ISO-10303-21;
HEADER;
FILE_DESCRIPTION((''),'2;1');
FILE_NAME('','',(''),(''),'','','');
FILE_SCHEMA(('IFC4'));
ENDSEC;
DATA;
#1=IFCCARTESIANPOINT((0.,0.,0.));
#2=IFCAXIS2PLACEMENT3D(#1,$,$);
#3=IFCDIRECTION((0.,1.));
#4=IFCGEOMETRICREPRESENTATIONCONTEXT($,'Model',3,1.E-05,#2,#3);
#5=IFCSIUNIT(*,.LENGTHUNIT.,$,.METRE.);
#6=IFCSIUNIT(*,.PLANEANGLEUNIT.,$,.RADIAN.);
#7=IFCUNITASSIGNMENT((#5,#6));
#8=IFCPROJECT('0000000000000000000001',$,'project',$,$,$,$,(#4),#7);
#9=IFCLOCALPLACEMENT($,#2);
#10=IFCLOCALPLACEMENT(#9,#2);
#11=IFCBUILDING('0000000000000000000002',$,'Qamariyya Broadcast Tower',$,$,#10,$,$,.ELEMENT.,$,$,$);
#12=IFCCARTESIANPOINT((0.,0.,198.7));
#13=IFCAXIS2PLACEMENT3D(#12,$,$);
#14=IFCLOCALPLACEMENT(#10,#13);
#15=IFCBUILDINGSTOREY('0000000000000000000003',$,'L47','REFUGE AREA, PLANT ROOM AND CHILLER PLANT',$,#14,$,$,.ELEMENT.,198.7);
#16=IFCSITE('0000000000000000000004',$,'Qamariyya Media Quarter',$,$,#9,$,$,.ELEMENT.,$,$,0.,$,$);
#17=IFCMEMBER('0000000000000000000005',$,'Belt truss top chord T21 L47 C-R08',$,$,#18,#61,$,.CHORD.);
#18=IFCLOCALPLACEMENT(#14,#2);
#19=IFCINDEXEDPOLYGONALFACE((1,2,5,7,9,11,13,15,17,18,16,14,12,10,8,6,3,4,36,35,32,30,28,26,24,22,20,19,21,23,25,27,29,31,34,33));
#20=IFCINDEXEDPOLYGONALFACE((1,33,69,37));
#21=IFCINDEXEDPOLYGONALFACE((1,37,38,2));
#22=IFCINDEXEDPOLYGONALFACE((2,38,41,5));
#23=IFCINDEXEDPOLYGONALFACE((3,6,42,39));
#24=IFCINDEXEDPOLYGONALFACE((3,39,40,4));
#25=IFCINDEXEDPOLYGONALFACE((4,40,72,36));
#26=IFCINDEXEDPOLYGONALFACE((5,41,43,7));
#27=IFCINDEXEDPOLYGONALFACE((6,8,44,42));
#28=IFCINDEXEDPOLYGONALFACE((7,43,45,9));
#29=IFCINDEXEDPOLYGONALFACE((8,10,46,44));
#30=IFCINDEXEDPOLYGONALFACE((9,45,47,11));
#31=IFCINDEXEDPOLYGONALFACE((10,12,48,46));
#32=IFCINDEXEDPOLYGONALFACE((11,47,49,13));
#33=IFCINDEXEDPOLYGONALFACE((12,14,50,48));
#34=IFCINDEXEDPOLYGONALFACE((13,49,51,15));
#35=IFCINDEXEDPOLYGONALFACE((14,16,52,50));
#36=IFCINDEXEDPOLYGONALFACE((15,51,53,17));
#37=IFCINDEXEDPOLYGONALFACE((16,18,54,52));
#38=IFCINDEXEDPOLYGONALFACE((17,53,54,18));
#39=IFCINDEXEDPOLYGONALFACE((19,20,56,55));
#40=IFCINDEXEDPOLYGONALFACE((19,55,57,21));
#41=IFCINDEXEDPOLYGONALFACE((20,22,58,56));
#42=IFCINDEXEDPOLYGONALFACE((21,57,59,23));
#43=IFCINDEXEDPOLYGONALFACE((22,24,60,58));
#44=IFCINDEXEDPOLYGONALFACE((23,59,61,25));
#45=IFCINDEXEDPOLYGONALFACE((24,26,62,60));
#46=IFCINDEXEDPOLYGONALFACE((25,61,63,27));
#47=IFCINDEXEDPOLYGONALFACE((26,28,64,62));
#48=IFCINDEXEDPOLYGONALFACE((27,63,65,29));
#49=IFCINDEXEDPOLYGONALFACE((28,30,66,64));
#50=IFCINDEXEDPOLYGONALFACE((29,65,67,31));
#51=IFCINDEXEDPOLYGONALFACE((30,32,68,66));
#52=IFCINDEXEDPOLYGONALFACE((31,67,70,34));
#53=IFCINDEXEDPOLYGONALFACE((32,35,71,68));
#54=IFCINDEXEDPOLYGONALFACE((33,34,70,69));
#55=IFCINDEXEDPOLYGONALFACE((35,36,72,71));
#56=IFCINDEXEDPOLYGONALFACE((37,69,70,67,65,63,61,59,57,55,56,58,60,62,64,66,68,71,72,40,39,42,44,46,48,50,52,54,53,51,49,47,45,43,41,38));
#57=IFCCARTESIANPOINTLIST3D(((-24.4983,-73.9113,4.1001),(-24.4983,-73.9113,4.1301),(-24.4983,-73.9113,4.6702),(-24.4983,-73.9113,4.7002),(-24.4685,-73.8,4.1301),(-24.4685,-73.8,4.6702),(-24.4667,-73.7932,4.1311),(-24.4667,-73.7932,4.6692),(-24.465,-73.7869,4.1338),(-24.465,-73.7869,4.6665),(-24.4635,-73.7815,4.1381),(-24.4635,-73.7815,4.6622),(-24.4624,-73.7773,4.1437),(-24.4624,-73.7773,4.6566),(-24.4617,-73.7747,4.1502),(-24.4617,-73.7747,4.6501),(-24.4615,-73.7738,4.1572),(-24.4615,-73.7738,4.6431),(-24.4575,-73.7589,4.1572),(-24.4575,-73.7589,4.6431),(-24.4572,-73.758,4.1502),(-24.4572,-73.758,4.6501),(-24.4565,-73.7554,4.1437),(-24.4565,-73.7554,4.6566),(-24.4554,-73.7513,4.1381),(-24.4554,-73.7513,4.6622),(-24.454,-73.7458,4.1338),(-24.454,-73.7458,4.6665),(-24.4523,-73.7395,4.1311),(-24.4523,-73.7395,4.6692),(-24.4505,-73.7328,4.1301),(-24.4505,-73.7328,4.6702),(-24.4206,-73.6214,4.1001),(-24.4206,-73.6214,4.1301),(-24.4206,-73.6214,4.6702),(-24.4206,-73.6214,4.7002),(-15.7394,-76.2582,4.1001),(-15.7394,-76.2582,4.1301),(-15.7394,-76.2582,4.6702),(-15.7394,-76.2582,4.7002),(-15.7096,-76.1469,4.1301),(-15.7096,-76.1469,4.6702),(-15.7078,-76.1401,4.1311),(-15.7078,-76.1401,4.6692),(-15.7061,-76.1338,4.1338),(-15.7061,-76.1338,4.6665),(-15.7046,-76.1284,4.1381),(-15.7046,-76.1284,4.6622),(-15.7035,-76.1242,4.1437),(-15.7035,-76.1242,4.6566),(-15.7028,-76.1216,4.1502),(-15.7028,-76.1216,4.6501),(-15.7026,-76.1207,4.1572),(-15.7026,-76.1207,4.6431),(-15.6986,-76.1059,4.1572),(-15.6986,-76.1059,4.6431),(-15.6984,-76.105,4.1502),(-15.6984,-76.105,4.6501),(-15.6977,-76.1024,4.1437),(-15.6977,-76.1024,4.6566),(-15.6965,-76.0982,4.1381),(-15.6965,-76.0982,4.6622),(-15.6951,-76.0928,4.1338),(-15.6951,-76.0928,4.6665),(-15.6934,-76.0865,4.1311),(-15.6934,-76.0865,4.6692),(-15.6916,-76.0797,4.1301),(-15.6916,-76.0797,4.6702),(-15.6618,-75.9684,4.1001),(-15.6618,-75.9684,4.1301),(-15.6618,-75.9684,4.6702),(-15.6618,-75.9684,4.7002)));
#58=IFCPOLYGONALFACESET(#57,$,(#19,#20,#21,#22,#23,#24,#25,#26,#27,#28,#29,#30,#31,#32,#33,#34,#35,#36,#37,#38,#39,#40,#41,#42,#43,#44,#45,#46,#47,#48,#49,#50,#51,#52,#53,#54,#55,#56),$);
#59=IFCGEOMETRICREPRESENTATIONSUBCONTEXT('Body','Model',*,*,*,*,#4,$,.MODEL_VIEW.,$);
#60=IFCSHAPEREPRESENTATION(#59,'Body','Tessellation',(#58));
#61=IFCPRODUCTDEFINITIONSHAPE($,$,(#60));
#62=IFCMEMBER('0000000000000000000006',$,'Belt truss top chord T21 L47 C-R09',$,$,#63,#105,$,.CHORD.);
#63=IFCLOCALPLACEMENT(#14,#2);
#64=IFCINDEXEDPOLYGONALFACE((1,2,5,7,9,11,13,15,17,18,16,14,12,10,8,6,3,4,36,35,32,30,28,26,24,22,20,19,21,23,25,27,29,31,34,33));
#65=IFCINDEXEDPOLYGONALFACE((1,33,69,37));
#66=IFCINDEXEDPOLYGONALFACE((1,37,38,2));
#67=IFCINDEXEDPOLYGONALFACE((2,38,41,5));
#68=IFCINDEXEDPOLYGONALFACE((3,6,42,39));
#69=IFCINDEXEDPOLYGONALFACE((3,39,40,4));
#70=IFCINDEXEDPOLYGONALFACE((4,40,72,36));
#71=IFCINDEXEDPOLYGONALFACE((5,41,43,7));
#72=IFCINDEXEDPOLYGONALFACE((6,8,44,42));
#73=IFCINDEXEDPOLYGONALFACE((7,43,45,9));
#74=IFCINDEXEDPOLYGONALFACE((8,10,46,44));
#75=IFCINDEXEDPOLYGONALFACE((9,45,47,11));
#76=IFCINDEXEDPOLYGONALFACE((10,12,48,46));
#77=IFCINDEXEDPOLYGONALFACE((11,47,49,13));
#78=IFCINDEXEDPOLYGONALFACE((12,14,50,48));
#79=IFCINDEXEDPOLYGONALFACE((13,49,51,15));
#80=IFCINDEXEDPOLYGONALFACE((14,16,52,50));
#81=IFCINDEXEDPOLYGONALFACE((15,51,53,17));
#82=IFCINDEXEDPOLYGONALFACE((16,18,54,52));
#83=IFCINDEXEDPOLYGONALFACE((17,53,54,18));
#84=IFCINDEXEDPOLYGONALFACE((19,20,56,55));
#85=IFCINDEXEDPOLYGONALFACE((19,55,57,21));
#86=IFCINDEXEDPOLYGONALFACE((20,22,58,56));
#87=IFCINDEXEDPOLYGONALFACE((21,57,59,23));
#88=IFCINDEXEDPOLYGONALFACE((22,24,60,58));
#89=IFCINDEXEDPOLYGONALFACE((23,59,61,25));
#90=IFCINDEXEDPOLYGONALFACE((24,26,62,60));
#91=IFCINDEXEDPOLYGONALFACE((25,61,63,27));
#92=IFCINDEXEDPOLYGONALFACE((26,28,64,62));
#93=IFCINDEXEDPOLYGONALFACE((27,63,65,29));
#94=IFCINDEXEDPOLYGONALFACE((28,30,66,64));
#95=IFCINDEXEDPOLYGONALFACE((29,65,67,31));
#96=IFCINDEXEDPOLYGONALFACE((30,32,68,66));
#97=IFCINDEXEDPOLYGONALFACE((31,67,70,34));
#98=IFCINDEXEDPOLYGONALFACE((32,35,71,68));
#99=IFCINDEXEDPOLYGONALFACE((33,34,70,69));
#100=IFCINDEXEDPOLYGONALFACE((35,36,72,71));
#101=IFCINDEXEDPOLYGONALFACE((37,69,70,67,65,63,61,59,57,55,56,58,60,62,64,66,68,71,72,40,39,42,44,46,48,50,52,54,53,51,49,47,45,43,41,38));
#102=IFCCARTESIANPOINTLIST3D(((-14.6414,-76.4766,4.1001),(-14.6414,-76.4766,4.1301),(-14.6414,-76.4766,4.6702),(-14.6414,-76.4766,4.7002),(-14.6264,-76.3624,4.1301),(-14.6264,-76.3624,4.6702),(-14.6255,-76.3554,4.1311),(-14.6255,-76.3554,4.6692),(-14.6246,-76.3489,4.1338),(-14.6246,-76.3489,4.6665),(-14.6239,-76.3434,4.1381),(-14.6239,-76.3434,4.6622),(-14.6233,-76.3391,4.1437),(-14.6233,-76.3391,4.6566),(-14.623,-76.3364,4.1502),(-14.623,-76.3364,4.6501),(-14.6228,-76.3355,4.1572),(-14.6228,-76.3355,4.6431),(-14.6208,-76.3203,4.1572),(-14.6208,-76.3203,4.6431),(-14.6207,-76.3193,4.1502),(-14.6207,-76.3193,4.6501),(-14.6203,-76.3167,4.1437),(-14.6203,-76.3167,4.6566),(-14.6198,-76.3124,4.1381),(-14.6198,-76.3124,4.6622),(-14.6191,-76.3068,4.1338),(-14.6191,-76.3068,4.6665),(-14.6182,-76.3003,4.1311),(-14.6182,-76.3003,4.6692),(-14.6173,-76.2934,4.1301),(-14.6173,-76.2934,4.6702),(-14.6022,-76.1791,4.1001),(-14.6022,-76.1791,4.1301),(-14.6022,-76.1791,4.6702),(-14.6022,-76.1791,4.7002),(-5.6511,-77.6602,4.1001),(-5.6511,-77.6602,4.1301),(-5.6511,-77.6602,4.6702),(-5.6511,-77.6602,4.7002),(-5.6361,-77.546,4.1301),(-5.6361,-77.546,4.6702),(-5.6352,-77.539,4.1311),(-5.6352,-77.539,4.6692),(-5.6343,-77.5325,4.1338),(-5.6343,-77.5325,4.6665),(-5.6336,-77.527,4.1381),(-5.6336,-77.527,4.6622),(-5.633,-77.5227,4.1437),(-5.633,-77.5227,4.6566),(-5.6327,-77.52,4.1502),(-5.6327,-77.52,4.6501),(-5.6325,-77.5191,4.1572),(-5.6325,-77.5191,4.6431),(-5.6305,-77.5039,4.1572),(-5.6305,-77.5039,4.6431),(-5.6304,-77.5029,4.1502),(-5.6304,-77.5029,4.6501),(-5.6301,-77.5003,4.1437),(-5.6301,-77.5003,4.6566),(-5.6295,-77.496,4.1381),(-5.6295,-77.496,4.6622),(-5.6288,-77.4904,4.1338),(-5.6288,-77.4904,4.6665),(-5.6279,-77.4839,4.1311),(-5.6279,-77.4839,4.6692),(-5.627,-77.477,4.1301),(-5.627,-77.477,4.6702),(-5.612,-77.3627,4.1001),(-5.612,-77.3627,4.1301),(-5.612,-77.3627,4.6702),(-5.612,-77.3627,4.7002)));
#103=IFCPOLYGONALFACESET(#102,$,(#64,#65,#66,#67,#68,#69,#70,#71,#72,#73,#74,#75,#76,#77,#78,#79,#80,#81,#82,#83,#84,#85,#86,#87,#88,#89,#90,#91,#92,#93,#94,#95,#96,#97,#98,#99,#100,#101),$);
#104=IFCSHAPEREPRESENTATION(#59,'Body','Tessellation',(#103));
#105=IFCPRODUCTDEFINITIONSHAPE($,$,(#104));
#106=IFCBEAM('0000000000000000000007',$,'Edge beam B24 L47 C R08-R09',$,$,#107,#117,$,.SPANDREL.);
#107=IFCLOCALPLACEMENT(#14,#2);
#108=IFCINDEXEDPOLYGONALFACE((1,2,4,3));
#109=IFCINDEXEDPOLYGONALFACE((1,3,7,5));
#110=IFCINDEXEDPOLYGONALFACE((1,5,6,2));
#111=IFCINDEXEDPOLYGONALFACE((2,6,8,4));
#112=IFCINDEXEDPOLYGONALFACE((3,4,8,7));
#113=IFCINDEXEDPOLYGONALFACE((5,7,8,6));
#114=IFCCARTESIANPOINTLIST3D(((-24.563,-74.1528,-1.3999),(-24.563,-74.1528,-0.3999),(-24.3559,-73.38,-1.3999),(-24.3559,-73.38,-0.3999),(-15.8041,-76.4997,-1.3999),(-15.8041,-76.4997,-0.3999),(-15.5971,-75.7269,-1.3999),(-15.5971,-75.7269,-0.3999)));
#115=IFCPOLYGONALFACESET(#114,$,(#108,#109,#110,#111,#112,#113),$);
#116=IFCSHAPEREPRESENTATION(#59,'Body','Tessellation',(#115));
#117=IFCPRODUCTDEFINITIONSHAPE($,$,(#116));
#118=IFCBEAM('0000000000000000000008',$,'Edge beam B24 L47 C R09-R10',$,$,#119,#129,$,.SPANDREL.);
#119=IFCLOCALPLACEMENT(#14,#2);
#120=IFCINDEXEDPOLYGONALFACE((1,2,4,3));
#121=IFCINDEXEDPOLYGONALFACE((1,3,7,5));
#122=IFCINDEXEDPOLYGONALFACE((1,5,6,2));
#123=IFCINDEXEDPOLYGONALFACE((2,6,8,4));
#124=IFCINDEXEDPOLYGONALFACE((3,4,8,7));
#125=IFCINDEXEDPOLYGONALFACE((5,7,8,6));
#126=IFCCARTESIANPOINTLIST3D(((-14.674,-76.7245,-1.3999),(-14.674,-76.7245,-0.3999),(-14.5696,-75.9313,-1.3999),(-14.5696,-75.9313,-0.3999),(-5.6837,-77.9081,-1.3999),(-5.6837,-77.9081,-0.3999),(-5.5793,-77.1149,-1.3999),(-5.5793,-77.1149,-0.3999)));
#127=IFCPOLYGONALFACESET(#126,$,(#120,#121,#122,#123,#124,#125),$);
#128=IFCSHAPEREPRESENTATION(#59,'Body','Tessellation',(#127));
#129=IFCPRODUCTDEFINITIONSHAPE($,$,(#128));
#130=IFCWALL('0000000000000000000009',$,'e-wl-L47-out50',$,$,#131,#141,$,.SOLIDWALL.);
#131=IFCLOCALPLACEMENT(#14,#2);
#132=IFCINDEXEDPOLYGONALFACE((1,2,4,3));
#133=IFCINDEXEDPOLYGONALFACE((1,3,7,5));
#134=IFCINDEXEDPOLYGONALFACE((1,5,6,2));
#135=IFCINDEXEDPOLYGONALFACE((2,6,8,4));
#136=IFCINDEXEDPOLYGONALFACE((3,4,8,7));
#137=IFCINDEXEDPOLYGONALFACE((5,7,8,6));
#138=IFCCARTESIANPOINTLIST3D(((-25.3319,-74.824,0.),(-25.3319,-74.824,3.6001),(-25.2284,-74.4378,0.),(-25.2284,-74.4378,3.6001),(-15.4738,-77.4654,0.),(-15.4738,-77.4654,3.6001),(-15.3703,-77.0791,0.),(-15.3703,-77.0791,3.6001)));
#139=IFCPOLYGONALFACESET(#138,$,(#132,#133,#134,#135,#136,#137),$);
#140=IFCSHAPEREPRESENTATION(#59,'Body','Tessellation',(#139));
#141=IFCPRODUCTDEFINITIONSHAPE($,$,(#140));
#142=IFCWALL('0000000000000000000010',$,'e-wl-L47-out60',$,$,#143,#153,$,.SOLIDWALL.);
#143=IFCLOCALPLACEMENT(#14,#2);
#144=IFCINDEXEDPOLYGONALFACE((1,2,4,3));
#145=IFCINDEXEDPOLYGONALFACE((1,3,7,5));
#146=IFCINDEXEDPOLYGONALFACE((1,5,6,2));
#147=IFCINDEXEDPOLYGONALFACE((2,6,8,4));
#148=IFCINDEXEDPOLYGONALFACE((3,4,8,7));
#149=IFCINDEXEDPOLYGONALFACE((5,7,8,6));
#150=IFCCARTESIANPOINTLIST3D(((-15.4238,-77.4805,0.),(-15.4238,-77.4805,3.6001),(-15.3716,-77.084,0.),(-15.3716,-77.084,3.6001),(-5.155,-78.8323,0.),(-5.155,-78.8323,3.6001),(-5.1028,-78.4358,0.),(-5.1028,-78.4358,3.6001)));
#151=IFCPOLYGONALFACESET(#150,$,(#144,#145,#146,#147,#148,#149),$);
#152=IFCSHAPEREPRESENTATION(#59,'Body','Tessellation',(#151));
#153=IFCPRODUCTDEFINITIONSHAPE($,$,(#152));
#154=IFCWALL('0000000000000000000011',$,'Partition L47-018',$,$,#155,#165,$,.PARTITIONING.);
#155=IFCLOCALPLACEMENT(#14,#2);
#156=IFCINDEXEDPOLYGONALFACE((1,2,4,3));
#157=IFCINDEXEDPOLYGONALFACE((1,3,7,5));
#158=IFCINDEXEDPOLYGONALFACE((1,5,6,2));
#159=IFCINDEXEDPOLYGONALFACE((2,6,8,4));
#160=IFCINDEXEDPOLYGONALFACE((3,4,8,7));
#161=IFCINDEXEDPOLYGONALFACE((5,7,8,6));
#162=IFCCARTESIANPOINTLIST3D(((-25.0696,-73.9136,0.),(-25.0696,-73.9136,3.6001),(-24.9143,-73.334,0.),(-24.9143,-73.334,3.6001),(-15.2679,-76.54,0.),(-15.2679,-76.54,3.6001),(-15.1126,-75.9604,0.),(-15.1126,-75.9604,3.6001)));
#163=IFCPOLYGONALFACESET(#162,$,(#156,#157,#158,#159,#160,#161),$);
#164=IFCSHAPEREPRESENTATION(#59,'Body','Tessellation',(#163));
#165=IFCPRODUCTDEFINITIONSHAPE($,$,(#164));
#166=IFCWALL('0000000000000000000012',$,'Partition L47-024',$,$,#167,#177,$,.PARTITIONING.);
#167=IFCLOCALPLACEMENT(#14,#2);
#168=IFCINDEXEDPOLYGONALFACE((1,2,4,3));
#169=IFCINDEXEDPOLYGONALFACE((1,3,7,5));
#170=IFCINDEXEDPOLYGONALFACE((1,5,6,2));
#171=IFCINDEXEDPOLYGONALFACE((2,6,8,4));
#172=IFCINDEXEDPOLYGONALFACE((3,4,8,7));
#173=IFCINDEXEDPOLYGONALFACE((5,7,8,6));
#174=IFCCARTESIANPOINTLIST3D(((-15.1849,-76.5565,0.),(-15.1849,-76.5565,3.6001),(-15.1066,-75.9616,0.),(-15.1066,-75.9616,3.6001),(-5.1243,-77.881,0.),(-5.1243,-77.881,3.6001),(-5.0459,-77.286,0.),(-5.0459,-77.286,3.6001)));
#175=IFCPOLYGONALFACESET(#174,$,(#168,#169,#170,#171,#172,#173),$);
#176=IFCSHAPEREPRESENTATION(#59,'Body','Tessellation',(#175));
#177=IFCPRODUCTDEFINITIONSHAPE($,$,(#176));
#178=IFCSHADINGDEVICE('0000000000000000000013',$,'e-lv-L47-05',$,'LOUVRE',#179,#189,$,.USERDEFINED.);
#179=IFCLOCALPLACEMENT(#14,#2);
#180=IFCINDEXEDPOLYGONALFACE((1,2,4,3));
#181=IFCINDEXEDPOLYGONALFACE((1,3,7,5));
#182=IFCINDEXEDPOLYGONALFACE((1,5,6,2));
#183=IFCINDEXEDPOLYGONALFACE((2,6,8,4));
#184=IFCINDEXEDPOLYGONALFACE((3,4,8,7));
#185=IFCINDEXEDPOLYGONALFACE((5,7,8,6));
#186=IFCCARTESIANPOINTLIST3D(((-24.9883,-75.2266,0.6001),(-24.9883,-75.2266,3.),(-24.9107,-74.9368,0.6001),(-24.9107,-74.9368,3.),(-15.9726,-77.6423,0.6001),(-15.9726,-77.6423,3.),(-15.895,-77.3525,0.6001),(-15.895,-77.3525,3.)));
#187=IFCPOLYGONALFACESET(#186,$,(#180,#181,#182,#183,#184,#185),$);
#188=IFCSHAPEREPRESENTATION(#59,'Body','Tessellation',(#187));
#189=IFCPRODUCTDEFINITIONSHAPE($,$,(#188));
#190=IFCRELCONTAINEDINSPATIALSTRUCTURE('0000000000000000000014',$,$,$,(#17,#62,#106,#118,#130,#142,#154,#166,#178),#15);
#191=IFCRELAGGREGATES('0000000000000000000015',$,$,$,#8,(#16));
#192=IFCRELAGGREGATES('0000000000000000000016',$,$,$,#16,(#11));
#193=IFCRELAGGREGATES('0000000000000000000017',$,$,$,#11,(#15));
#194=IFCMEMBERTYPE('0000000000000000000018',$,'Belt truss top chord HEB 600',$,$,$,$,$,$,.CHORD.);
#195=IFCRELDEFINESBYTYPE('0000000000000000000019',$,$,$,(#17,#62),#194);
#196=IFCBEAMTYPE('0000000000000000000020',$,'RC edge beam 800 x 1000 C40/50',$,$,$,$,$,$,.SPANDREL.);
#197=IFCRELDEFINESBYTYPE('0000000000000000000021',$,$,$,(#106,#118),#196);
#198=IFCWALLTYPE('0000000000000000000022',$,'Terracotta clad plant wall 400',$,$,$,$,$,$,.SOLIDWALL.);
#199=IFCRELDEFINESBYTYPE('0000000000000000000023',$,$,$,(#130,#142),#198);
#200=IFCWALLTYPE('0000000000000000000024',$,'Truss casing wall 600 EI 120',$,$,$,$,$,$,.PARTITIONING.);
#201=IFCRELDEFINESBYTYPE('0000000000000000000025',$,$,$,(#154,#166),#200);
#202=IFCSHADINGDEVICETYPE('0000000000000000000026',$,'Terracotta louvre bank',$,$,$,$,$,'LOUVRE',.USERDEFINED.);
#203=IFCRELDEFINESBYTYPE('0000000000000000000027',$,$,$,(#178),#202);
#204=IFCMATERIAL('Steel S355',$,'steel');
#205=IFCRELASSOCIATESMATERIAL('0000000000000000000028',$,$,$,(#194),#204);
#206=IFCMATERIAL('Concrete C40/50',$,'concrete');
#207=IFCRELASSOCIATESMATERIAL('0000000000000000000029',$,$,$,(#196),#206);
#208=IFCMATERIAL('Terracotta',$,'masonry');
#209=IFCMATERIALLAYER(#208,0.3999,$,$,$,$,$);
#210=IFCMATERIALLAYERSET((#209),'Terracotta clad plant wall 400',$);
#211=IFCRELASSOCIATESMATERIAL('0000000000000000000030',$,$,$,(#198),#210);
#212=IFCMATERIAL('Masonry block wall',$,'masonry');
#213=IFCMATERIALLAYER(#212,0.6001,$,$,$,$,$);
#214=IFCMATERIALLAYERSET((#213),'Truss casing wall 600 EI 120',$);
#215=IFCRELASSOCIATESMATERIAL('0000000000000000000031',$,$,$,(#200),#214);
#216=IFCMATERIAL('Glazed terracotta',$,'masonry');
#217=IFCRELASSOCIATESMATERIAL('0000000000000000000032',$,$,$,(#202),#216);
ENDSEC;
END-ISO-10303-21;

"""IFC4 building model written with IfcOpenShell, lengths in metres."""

from ifc_helpers import new_model, si_unit, direction, frame, frame_2d, origin, origin_2d, place, context, subcontext, project, spatial, rectangle, i_section, extrude, material, layer, layer_set, material_profile, profile_set, type_object, element, save


model = new_model("IFC4")

# Units and contexts
model_context = context("Model", 3, precision=1e-05, world=origin(), true_north=direction((0.0, 1.0)))
body_context = subcontext(model_context, "Body", "Model", "MODEL_VIEW")
ifc_project = project(units=[si_unit("LENGTHUNIT", "METRE"), si_unit("PLANEANGLEUNIT", "RADIAN")], contexts=[model_context])

# Site, building, storey
site_placement = place(None, origin())
site = spatial("IfcSite", under=ifc_project, at=site_placement, Name="Qamariyya Media Quarter", CompositionType="ELEMENT", RefElevation=0.0)
building_placement = place(site_placement, origin())
building = spatial("IfcBuilding", under=site, at=building_placement, Name="Qamariyya Broadcast Tower", CompositionType="ELEMENT")
storey_placement = place(building_placement, frame((0.0, 0.0, 198.7)))
storey = spatial("IfcBuildingStorey", under=building, at=storey_placement, Name="L47", Description="REFUGE AREA, PLANT ROOM AND CHILLER PLANT", CompositionType="ELEMENT", Elevation=198.7)

# Members
ifc_material_1 = material(Name="Steel S355", Category="steel")
ifc_material_profile_1 = material_profile(ifc_material_1, i_section(OverallWidth=0.3, OverallDepth=0.6001, WebThickness=0.0154, FlangeThickness=0.03, FilletRadius=0.0271, at=origin_2d()))
ifc_profile_set_1 = profile_set([ifc_material_profile_1], Name="Steel S355")
member_type_1 = type_object("IfcMemberType", Name="Belt truss top chord HEB 600", PredefinedType="CHORD", material=ifc_profile_set_1)
for number, where, z_axis, x_axis, name in (
    (1, (-24.4595, -73.7664, 4.4001), (0.965925, -0.25882, 0.0), (0.25882, 0.965925, 0.0), "Belt truss top chord T21 L47 C-R08"),
    (2, (-14.6218, -76.3279, 4.4001), (0.991445, -0.130527, 0.0), (0.130527, 0.991445, 0.0), "Belt truss top chord T21 L47 C-R09"),
):
    element("IfcMember", number, at=place(storey_placement, frame(where, z_axis=z_axis, x_axis=x_axis)), inside=storey, type_object=member_type_1, Name=name, PredefinedType="CHORD", context=body_context, shape_type="SweptSolid", body=[
        extrude(i_section(OverallWidth=0.3, OverallDepth=0.6001, WebThickness=0.0154, FlangeThickness=0.03, FilletRadius=0.0271, at=origin_2d()), origin(), (0.0, 0.0, 1.0), 9.0679),
    ])

# Beams
ifc_material_2 = material(Name="Concrete C40/50", Category="concrete")
ifc_material_profile_2 = material_profile(ifc_material_2, rectangle(XDim=0.8, YDim=1.0, at=origin_2d()))
ifc_profile_set_2 = profile_set([ifc_material_profile_2], Name="Concrete C40/50")
beam_type = type_object("IfcBeamType", Name="RC edge beam 800 x 1000 C40/50", PredefinedType="SPANDREL", material=ifc_profile_set_2)
for number, where, z_axis, x_axis, name in (
    (3, (-24.4595, -73.7664, -0.8999), (0.965925, -0.25882, 0.0), (0.25882, 0.965925, 0.0), "Edge beam B24 L47 C R08-R09"),
    (4, (-14.6218, -76.3279, -0.8999), (0.991445, -0.130527, 0.0), (0.130527, 0.991445, 0.0), "Edge beam B24 L47 C R09-R10"),
):
    element("IfcBeam", number, at=place(storey_placement, frame(where, z_axis=z_axis, x_axis=x_axis)), inside=storey, type_object=beam_type, Name=name, PredefinedType="SPANDREL", context=body_context, shape_type="SweptSolid", body=[
        extrude(rectangle(XDim=0.8, YDim=1.0, at=origin_2d()), origin(), (0.0, 0.0, 1.0), 9.0679),
    ])

# Walls
ifc_material_3 = material(Name="Terracotta", Category="masonry")
ifc_layer_1 = layer(ifc_material_3, 0.3999)
ifc_layer_set_1 = layer_set([ifc_layer_1], Name="Terracotta clad plant wall 400")
wall_type_1 = type_object("IfcWallType", Name="Terracotta clad plant wall 400", PredefinedType="SOLIDWALL", material=ifc_layer_set_1)
wall_1_placement = place(storey_placement, frame((-25.2803, -74.6309, 0.0), z_axis=(0.0, 0.0, 1.0), x_axis=(0.965929, -0.258807, 0.0)))
element("IfcWall", 5, at=wall_1_placement, inside=storey, type_object=wall_type_1, Name="e-wl-L47-out50", PredefinedType="SOLIDWALL", context=body_context, shape_type="SweptSolid", body=[
    extrude(rectangle(XDim=10.2058, YDim=0.3999, at=frame_2d((5.103, 0.0))), origin(), (0.0, 0.0, 1.0), 3.6001),
])
wall_2_placement = place(storey_placement, frame((-15.3977, -77.2822, 0.0), z_axis=(0.0, 0.0, 1.0), x_axis=(0.991446, -0.130516, 0.0)))
element("IfcWall", 6, at=wall_2_placement, inside=storey, type_object=wall_type_1, Name="e-wl-L47-out60", PredefinedType="SOLIDWALL", context=body_context, shape_type="SweptSolid", body=[
    extrude(rectangle(XDim=10.3574, YDim=0.3999, at=frame_2d((5.1787, 0.0))), origin(), (0.0, 0.0, 1.0), 3.6001),
])
ifc_material_4 = material(Name="Masonry block wall", Category="masonry")
ifc_layer_2 = layer(ifc_material_4, 0.6001)
ifc_layer_set_2 = layer_set([ifc_layer_2], Name="Truss casing wall 600 EI 120")
wall_type_2 = type_object("IfcWallType", Name="Truss casing wall 600 EI 120", PredefinedType="PARTITIONING", material=ifc_layer_set_2)
for number, where, z_axis, x_axis, name in (
    (7, (-24.9919, -73.6238, 0.0), (0.0, 0.0, 1.0), (0.965924, -0.258827, 0.0), "Partition L47-018"),
    (8, (-15.1458, -76.259, 0.0), (0.0, 0.0, 1.0), (0.991445, -0.130523, 0.0), "Partition L47-024"),
):
    element("IfcWall", number, at=place(storey_placement, frame(where, z_axis=z_axis, x_axis=x_axis)), inside=storey, type_object=wall_type_2, Name=name, PredefinedType="PARTITIONING", context=body_context, shape_type="SweptSolid", body=[
        extrude(rectangle(XDim=10.1475, YDim=0.6001, at=frame_2d((5.0737, 0.0))), origin(), (0.0, 0.0, 1.0), 3.6001),
    ])

# Shading device
ifc_material_5 = material(Name="Glazed terracotta", Category="masonry")
shading_device_type = type_object("IfcShadingDeviceType", Name="Terracotta louvre bank", ElementType="LOUVRE", PredefinedType="USERDEFINED", material=ifc_material_5)
shading_device_placement = place(storey_placement, frame((-20.4417, -76.2896, 0.6001), z_axis=(0.0, 0.0, 1.0), x_axis=(0.965926, -0.258819, 0.0)))
element("IfcShadingDevice", 9, at=shading_device_placement, inside=storey, type_object=shading_device_type, Name="e-lv-L47-05", ObjectType="LOUVRE", PredefinedType="USERDEFINED", context=body_context, shape_type="SweptSolid", body=[
    extrude(rectangle(XDim=9.3337, YDim=0.3, at=origin_2d()), origin(), (0.0, 0.0, 1.0), 2.3999),
])

save(model, "model.ifc")
